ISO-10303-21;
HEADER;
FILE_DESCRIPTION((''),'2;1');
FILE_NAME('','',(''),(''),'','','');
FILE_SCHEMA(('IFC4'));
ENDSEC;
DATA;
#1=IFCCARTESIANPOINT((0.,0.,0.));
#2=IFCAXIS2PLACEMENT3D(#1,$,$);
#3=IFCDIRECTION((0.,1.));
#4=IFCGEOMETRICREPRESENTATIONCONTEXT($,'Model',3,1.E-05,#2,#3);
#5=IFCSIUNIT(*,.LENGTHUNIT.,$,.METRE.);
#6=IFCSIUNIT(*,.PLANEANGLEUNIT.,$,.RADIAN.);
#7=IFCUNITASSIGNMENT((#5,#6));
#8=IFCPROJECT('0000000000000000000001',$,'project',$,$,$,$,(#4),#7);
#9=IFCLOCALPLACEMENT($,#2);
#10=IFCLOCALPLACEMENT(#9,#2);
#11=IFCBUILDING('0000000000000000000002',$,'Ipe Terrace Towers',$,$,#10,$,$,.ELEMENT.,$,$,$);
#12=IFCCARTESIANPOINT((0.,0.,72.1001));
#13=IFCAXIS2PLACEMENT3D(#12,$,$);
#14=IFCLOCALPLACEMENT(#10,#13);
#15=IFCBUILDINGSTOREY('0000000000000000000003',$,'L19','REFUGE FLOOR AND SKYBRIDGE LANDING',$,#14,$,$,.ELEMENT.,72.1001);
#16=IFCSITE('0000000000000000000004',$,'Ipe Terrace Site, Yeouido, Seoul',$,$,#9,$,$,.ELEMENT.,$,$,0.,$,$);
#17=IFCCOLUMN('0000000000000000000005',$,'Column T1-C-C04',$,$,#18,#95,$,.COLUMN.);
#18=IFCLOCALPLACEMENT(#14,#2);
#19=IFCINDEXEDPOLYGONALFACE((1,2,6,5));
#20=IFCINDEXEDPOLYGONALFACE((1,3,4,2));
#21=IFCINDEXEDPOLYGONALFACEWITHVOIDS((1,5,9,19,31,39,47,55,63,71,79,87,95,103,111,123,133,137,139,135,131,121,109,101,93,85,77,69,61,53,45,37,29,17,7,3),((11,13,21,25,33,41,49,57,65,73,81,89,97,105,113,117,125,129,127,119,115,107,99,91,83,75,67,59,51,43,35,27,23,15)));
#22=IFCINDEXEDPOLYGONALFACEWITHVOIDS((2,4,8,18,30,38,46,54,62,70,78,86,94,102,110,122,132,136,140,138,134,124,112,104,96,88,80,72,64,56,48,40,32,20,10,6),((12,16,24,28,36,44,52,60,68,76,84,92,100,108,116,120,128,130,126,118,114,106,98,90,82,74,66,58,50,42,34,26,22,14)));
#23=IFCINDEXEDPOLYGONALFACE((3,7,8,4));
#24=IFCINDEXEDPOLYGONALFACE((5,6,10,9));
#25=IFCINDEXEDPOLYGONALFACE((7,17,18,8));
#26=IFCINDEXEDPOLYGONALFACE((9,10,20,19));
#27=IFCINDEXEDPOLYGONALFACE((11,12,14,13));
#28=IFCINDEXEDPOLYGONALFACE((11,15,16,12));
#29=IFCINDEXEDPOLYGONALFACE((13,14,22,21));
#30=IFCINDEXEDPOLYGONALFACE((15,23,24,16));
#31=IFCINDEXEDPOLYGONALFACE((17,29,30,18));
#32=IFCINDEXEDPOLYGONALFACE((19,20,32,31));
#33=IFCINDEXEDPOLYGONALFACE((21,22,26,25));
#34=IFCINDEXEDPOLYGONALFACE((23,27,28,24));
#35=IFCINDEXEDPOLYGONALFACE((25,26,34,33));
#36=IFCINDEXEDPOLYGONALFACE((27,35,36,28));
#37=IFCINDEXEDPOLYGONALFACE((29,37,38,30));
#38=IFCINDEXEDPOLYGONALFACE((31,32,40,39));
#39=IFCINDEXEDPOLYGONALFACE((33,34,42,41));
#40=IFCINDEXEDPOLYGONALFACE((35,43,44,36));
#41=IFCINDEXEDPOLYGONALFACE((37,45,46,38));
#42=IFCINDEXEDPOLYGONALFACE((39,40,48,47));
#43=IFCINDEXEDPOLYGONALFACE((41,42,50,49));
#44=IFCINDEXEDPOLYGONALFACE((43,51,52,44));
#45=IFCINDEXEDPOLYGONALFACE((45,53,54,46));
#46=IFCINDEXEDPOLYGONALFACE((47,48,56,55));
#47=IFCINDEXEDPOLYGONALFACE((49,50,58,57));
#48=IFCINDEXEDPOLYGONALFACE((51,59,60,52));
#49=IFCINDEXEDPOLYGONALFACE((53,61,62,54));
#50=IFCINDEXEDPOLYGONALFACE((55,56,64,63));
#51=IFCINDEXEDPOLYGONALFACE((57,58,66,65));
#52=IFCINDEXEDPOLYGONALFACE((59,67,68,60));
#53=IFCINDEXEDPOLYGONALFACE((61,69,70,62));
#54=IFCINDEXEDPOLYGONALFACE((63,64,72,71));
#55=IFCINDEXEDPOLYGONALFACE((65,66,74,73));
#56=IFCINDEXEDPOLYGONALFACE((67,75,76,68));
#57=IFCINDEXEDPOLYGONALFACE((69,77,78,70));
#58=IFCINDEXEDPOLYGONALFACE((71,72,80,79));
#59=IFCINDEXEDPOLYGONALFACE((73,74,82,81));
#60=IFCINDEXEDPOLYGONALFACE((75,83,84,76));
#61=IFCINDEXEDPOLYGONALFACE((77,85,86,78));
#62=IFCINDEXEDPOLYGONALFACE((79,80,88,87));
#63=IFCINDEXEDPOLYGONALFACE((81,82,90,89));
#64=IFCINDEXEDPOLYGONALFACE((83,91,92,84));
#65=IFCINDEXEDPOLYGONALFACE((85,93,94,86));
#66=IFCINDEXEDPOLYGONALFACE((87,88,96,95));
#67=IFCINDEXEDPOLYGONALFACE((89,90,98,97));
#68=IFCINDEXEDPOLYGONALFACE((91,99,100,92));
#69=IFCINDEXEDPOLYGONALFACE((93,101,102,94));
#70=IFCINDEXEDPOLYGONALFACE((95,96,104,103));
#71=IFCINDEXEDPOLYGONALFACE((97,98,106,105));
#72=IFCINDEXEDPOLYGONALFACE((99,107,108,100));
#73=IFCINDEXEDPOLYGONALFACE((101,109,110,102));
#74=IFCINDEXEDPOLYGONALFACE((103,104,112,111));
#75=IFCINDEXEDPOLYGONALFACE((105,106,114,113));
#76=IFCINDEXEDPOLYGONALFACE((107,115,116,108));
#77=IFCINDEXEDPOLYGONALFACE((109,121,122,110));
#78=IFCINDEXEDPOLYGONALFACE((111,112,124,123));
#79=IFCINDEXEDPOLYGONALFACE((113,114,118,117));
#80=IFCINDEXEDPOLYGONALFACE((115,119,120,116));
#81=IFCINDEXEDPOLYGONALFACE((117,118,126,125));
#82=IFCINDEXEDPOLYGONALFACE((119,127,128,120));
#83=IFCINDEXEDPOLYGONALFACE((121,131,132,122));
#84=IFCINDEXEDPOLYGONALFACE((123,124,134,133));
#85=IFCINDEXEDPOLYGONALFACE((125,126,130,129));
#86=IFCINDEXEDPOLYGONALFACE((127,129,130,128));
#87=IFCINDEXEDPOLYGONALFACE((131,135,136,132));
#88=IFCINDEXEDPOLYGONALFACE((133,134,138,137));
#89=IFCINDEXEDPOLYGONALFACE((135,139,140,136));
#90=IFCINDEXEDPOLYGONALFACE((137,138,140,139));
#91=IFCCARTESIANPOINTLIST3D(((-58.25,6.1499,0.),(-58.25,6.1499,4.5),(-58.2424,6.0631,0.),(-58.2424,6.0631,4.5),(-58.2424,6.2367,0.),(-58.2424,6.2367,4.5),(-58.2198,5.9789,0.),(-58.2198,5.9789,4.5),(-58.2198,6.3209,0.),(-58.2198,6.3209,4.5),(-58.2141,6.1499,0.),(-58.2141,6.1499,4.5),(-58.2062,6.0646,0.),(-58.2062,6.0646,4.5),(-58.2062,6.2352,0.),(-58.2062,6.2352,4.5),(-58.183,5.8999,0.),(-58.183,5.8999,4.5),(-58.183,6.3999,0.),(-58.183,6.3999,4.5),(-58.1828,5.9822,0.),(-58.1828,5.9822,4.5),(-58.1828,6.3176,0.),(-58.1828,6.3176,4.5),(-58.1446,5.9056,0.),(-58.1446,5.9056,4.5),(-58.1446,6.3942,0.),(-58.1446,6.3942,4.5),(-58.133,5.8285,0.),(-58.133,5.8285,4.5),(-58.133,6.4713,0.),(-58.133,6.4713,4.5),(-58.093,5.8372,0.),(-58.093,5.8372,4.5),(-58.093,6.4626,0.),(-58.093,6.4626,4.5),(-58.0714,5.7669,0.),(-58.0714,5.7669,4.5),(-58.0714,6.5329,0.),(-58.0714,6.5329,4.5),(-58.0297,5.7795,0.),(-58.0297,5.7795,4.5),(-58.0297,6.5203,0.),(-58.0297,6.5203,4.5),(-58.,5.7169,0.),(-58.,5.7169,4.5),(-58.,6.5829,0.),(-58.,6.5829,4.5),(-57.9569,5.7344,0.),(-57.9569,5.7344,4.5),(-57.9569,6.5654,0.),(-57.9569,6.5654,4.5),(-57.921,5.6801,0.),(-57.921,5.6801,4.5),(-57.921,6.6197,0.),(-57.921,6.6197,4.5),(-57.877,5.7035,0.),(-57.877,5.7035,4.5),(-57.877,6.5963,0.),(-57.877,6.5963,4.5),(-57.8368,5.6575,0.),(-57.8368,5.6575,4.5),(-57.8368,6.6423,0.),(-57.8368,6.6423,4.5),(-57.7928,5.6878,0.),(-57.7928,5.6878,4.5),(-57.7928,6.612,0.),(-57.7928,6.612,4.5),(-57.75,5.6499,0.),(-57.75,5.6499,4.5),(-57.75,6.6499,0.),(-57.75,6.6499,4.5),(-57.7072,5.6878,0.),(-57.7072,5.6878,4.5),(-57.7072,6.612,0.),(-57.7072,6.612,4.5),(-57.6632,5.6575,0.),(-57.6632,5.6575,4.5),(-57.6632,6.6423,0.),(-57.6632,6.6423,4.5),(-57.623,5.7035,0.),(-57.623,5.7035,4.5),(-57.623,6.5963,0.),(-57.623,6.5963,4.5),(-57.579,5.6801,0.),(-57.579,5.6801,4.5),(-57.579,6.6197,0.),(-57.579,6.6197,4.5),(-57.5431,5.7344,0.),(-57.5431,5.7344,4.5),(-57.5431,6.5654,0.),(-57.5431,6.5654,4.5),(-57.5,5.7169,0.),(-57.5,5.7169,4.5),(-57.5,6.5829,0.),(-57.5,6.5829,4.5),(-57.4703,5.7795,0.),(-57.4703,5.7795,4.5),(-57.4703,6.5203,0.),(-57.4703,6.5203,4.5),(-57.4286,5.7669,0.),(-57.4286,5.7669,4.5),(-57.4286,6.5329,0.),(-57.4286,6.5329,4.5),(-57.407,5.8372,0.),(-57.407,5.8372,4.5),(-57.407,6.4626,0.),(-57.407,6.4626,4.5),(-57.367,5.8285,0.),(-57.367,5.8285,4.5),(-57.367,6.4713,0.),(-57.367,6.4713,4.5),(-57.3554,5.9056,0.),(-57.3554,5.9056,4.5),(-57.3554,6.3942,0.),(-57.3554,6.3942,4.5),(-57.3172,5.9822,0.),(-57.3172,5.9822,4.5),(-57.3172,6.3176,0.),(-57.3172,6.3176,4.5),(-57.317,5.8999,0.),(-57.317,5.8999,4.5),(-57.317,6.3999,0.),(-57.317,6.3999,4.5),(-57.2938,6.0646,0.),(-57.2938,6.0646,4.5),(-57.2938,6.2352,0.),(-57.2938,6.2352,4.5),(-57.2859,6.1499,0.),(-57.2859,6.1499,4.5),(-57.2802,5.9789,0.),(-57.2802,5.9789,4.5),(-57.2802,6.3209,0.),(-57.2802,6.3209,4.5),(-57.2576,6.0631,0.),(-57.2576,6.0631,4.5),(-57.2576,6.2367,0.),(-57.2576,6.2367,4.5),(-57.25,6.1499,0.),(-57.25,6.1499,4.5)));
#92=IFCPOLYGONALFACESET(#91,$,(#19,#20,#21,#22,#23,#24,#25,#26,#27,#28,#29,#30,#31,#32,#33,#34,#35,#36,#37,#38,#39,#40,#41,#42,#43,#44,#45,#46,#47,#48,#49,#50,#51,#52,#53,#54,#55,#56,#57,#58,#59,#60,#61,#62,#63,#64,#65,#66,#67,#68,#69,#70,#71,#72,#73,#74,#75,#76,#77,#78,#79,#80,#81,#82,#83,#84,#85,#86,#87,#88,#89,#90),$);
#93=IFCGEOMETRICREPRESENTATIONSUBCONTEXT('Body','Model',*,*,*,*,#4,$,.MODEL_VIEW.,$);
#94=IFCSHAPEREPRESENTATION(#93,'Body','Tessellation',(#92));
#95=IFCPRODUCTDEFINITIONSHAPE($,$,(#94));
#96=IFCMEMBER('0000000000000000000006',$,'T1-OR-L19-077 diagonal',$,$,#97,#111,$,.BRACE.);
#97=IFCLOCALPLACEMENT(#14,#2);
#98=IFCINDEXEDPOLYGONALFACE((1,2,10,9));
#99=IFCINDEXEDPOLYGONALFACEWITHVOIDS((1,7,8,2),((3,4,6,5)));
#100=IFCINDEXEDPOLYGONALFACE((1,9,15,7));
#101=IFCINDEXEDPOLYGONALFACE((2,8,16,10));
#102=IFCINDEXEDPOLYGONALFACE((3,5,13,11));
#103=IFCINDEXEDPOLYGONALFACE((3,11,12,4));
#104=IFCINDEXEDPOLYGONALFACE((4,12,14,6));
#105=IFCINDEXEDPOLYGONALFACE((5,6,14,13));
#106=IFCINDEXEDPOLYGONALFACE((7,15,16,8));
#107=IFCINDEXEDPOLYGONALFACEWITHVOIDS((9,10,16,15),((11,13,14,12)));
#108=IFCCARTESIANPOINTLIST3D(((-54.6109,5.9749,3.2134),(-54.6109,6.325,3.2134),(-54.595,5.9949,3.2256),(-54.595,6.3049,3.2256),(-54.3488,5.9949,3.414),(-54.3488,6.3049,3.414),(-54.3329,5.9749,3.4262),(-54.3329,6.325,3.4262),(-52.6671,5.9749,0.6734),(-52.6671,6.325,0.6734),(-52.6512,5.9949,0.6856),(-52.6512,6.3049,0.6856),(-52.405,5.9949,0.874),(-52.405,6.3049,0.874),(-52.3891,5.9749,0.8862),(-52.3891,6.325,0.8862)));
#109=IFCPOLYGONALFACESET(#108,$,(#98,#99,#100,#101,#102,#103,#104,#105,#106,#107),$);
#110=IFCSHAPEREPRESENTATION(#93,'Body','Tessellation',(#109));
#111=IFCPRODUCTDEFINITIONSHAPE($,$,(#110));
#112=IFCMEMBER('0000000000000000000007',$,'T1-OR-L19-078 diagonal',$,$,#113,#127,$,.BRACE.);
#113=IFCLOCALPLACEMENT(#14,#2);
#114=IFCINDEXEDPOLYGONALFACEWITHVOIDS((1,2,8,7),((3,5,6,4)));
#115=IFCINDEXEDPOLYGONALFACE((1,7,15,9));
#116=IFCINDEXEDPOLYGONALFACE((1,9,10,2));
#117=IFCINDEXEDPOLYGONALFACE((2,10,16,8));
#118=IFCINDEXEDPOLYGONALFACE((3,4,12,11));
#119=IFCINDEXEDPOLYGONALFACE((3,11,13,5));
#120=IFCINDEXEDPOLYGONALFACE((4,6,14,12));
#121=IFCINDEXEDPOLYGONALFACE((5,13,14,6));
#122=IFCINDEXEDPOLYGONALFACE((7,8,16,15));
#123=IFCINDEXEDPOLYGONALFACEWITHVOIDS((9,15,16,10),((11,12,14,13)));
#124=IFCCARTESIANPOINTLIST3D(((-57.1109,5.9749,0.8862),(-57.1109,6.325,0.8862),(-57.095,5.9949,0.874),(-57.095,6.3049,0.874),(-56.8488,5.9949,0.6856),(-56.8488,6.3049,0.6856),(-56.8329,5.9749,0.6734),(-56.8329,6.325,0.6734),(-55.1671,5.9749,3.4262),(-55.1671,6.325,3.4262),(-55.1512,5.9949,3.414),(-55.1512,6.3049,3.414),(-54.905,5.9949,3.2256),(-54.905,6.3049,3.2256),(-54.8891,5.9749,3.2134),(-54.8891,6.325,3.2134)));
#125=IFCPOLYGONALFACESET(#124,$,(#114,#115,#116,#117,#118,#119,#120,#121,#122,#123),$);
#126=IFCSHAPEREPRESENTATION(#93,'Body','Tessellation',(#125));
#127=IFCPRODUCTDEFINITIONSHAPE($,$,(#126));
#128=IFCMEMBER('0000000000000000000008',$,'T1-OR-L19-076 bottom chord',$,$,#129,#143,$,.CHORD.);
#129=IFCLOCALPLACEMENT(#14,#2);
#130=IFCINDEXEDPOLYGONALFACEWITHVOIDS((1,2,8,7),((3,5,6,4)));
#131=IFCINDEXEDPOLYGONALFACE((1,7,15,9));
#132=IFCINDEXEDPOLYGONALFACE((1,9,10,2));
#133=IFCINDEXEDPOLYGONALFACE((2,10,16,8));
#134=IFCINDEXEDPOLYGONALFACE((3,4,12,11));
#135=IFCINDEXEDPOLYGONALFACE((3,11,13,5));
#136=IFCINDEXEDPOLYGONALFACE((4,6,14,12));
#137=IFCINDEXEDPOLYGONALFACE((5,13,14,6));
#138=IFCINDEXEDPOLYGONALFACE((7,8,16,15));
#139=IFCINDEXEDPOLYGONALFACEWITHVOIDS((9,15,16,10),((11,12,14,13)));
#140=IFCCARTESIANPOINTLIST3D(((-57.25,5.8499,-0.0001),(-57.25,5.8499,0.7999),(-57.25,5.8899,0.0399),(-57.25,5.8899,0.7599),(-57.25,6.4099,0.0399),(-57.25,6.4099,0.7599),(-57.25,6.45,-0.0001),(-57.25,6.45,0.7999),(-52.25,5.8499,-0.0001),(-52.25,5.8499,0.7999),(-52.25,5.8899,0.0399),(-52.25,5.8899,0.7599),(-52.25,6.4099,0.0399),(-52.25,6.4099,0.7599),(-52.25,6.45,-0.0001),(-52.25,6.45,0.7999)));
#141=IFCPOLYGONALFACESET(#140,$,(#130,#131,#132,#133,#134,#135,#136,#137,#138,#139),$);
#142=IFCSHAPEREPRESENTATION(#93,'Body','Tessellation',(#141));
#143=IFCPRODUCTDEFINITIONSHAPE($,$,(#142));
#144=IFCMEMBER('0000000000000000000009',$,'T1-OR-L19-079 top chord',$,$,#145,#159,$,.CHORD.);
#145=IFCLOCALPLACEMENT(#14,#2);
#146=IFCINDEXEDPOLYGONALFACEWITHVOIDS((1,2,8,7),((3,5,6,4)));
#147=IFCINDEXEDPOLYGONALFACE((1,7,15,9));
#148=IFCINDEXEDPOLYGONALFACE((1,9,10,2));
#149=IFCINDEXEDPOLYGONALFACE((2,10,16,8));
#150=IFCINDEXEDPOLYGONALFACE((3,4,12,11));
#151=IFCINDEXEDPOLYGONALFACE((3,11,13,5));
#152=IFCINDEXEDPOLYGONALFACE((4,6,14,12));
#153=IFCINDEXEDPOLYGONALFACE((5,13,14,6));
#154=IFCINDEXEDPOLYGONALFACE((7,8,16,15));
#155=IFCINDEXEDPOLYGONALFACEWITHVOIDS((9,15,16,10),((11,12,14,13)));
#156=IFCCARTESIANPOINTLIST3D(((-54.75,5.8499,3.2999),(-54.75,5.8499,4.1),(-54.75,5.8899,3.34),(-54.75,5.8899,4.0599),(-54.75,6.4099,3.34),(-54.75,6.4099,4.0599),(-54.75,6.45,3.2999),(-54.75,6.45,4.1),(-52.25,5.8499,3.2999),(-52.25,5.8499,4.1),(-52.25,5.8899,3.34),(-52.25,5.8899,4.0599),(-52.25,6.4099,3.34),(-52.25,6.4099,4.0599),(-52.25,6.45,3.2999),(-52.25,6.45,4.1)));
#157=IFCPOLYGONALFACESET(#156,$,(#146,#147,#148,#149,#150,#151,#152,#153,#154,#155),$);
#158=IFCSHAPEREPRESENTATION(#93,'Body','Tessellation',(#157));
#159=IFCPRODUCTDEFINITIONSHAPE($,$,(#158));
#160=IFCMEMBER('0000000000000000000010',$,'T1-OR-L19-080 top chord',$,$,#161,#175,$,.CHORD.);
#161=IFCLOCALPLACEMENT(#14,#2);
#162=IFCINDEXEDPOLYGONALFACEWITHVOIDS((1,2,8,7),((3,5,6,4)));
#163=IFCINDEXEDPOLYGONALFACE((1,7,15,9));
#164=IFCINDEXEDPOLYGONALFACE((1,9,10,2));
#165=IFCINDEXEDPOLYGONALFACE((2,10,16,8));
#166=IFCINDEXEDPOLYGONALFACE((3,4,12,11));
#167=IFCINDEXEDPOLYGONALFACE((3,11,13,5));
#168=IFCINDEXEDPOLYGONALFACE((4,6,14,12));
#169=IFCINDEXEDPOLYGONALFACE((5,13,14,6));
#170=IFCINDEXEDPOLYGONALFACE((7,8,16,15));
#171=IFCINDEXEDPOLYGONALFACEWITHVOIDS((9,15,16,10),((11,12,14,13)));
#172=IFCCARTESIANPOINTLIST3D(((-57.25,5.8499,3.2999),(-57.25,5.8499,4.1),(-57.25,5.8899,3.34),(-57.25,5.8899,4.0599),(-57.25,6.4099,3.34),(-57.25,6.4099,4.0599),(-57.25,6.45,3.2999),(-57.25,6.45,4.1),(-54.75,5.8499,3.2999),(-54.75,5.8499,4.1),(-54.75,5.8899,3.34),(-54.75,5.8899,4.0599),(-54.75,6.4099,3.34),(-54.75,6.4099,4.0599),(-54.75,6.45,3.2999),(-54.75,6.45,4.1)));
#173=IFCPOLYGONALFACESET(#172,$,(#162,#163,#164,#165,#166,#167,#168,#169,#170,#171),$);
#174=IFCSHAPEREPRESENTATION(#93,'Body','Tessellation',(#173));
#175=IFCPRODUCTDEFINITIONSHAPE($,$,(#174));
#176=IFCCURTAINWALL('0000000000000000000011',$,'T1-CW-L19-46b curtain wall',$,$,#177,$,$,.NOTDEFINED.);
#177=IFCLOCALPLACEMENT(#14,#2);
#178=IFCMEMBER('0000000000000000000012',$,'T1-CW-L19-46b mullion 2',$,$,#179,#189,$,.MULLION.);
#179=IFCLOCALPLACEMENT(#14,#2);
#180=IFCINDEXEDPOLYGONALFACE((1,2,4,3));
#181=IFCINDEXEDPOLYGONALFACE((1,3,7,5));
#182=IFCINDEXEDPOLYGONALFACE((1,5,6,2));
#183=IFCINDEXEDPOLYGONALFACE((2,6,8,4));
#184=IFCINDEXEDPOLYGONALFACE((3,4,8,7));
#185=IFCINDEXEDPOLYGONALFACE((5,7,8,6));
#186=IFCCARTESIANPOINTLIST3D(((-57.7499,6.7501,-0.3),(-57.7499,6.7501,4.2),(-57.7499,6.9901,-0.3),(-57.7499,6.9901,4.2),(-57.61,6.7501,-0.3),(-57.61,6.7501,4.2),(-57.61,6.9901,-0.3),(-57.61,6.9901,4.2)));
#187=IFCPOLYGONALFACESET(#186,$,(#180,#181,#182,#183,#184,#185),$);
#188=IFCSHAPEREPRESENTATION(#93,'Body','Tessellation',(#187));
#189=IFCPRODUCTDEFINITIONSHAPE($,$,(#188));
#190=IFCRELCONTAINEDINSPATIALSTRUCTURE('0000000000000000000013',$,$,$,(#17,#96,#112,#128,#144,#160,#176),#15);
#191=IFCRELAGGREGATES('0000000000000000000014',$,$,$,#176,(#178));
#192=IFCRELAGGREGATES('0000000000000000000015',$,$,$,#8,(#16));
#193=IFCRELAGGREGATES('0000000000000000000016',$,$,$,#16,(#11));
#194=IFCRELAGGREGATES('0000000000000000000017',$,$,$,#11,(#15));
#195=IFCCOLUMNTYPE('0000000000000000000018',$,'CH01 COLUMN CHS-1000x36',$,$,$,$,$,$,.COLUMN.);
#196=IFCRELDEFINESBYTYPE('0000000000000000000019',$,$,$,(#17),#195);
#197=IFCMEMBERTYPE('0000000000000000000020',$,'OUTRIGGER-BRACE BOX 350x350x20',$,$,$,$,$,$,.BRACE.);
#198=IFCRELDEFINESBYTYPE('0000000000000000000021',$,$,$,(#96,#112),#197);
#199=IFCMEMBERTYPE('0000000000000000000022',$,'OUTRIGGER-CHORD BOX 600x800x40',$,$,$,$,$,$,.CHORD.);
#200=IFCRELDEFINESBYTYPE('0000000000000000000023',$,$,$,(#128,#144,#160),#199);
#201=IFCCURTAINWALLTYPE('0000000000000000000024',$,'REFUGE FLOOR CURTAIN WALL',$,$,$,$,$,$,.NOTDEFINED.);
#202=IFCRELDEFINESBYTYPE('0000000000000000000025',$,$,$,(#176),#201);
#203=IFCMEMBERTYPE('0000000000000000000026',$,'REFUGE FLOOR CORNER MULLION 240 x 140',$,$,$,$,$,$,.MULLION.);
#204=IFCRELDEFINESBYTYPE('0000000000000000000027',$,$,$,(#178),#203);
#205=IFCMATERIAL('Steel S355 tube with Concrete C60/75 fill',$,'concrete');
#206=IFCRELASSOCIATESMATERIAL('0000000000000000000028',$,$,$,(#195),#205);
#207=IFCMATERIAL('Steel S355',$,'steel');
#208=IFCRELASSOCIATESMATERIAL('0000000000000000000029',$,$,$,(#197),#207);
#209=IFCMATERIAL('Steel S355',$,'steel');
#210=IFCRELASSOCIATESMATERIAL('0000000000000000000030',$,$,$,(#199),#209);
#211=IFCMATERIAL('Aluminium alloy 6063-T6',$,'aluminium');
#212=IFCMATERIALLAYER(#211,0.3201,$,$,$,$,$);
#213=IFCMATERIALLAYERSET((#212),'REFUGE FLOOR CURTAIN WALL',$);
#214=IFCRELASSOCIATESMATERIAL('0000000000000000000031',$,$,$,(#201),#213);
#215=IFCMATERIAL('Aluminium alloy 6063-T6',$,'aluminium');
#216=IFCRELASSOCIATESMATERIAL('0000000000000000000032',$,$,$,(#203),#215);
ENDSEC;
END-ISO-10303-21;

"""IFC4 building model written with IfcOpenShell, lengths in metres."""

from ifc_helpers import new_model, si_unit, direction, frame, origin, origin_2d, place, context, subcontext, project, spatial, rectangle, hollow_rectangle, hollow_circle, extrude, material, layer, layer_set, material_profile, profile_set, type_object, element, aggregate, save


model = new_model("IFC4")

# Units and contexts
model_context = context("Model", 3, precision=1e-05, world=origin(), true_north=direction((0.0, 1.0)))
body_context = subcontext(model_context, "Body", "Model", "MODEL_VIEW")
ifc_project = project(units=[si_unit("LENGTHUNIT", "METRE"), si_unit("PLANEANGLEUNIT", "RADIAN")], contexts=[model_context])

# Site, building, storey
site_placement = place(None, origin())
site = spatial("IfcSite", under=ifc_project, at=site_placement, Name="Ipe Terrace Site, Yeouido, Seoul", CompositionType="ELEMENT", RefElevation=0.0)
building_placement = place(site_placement, origin())
building = spatial("IfcBuilding", under=site, at=building_placement, Name="Ipe Terrace Towers", CompositionType="ELEMENT")
storey_placement = place(building_placement, frame((0.0, 0.0, 72.1001)))
storey = spatial("IfcBuildingStorey", under=building, at=storey_placement, Name="L19", Description="REFUGE FLOOR AND SKYBRIDGE LANDING", CompositionType="ELEMENT", Elevation=72.1001)

# Column
ifc_material_1 = material(Name="Steel S355 tube with Concrete C60/75 fill", Category="concrete")
ifc_material_profile_1 = material_profile(ifc_material_1, hollow_circle(Radius=0.5, WallThickness=0.0359, at=origin_2d()), Name="CHS-1000x36")
ifc_profile_set_1 = profile_set([ifc_material_profile_1], Name="Steel S355 tube with Concrete C60/75 fill")
column_type = type_object("IfcColumnType", Name="CH01 COLUMN CHS-1000x36", PredefinedType="COLUMN", material=ifc_profile_set_1)
column_placement = place(storey_placement, frame((-57.75, 6.1499, 0.0), z_axis=(0.0, 0.0, 1.0), x_axis=(1.0, 0.0, 0.0)))
element("IfcColumn", 1, at=column_placement, inside=storey, type_object=column_type, Name="Column T1-C-C04", PredefinedType="COLUMN", context=body_context, shape_type="SweptSolid", body=[
    extrude(hollow_circle(Radius=0.5, WallThickness=0.0359, at=origin_2d()), origin(), (0.0, 0.0, 1.0), 4.5),
])

# Members
ifc_material_2 = material(Name="Steel S355", Category="steel")
ifc_material_profile_2 = material_profile(ifc_material_2, hollow_rectangle(XDim=0.3501, YDim=0.3501, WallThickness=0.02, at=origin_2d()), Name="OUTRIGGER-BRACE BOX 350x350x20")
ifc_profile_set_2 = profile_set([ifc_material_profile_2], Name="Steel S355")
member_type_1 = type_object("IfcMemberType", Name="OUTRIGGER-BRACE BOX 350x350x20", PredefinedType="BRACE", material=ifc_profile_set_2)
for number, where, z_axis, x_axis, name in (
    (2, (-52.5281, 6.1499, 0.7798), (-0.607739, 0.0, 0.794137), (0.0, -1.0, 0.0), "T1-OR-L19-077 diagonal"),
    (3, (-56.9719, 6.1499, 0.7798), (0.607739, 0.0, 0.794137), (0.0, 1.0, 0.0), "T1-OR-L19-078 diagonal"),
):
    element("IfcMember", number, at=place(storey_placement, frame(where, z_axis=z_axis, x_axis=x_axis)), inside=storey, type_object=member_type_1, Name=name, PredefinedType="BRACE", context=body_context, shape_type="SweptSolid", body=[
        extrude(hollow_rectangle(XDim=0.3501, YDim=0.3501, WallThickness=0.02, at=origin_2d()), origin(), (0.0, 0.0, 1.0), 3.1985),
    ])
ifc_material_3 = material(Name="Steel S355", Category="steel")
ifc_material_profile_3 = material_profile(ifc_material_3, hollow_rectangle(XDim=0.6001, YDim=0.8, WallThickness=0.04, at=origin_2d()), Name="OUTRIGGER-CHORD BOX 600x800x40")
ifc_profile_set_3 = profile_set([ifc_material_profile_3], Name="Steel S355")
member_type_2 = type_object("IfcMemberType", Name="OUTRIGGER-CHORD BOX 600x800x40", PredefinedType="CHORD", material=ifc_profile_set_3)
member_1_placement = place(storey_placement, frame((-52.25, 6.1499, 0.3999), z_axis=(-1.0, 0.0, 0.0), x_axis=(0.0, -1.0, 0.0)))
element("IfcMember", 4, at=member_1_placement, inside=storey, type_object=member_type_2, Name="T1-OR-L19-076 bottom chord", PredefinedType="CHORD", context=body_context, shape_type="SweptSolid", body=[
    extrude(hollow_rectangle(XDim=0.6001, YDim=0.8, WallThickness=0.04, at=origin_2d()), origin(), (0.0, 0.0, 1.0), 5.0),
])
for number, where, z_axis, x_axis, name in (
    (5, (-52.25, 6.1499, 3.7), (-1.0, 0.0, 0.0), (0.0, -1.0, 0.0), "T1-OR-L19-079 top chord"),
    (6, (-54.75, 6.1499, 3.7), (-1.0, 0.0, 0.0), (0.0, -1.0, 0.0), "T1-OR-L19-080 top chord"),
):
    element("IfcMember", number, at=place(storey_placement, frame(where, z_axis=z_axis, x_axis=x_axis)), inside=storey, type_object=member_type_2, Name=name, PredefinedType="CHORD", context=body_context, shape_type="SweptSolid", body=[
        extrude(hollow_rectangle(XDim=0.6001, YDim=0.8, WallThickness=0.04, at=origin_2d()), origin(), (0.0, 0.0, 1.0), 2.5),
    ])

# Curtain wall, member
ifc_material_4 = material(Name="Aluminium alloy 6063-T6", Category="aluminium")
ifc_layer_1 = layer(ifc_material_4, 0.3201)
ifc_layer_set_1 = layer_set([ifc_layer_1], Name="REFUGE FLOOR CURTAIN WALL")
curtain_wall_type = type_object("IfcCurtainWallType", Name="REFUGE FLOOR CURTAIN WALL", PredefinedType="NOTDEFINED", material=ifc_layer_set_1)
curtain_wall_1_placement = place(storey_placement, origin())
curtain_wall_1 = element("IfcCurtainWall", 7, at=curtain_wall_1_placement, inside=storey, type_object=curtain_wall_type, Name="T1-CW-L19-46b curtain wall", PredefinedType="NOTDEFINED")
ifc_material_5 = material(Name="Aluminium alloy 6063-T6", Category="aluminium")
ifc_material_profile_4 = material_profile(ifc_material_5, rectangle(XDim=0.24, YDim=0.1399, at=origin_2d()), Name="REFUGE FLOOR CORNER MULLION 240 x 140")
ifc_profile_set_4 = profile_set([ifc_material_profile_4], Name="Aluminium alloy 6063-T6")
member_type_3 = type_object("IfcMemberType", Name="REFUGE FLOOR CORNER MULLION 240 x 140", PredefinedType="MULLION", material=ifc_profile_set_4)
member_2_placement = place(storey_placement, frame((-57.6799, 6.8701, -0.3), z_axis=(0.0, 0.0, 1.0), x_axis=(0.0, 1.0, 0.0)))
member_2 = element("IfcMember", 8, at=member_2_placement, type_object=member_type_3, Name="T1-CW-L19-46b mullion 2", PredefinedType="MULLION", context=body_context, shape_type="SweptSolid", body=[
    extrude(rectangle(XDim=0.24, YDim=0.1399, at=origin_2d()), origin(), (0.0, 0.0, 1.0), 4.5),
])

aggregate(curtain_wall_1, [member_2])

save(model, "model.ifc")
